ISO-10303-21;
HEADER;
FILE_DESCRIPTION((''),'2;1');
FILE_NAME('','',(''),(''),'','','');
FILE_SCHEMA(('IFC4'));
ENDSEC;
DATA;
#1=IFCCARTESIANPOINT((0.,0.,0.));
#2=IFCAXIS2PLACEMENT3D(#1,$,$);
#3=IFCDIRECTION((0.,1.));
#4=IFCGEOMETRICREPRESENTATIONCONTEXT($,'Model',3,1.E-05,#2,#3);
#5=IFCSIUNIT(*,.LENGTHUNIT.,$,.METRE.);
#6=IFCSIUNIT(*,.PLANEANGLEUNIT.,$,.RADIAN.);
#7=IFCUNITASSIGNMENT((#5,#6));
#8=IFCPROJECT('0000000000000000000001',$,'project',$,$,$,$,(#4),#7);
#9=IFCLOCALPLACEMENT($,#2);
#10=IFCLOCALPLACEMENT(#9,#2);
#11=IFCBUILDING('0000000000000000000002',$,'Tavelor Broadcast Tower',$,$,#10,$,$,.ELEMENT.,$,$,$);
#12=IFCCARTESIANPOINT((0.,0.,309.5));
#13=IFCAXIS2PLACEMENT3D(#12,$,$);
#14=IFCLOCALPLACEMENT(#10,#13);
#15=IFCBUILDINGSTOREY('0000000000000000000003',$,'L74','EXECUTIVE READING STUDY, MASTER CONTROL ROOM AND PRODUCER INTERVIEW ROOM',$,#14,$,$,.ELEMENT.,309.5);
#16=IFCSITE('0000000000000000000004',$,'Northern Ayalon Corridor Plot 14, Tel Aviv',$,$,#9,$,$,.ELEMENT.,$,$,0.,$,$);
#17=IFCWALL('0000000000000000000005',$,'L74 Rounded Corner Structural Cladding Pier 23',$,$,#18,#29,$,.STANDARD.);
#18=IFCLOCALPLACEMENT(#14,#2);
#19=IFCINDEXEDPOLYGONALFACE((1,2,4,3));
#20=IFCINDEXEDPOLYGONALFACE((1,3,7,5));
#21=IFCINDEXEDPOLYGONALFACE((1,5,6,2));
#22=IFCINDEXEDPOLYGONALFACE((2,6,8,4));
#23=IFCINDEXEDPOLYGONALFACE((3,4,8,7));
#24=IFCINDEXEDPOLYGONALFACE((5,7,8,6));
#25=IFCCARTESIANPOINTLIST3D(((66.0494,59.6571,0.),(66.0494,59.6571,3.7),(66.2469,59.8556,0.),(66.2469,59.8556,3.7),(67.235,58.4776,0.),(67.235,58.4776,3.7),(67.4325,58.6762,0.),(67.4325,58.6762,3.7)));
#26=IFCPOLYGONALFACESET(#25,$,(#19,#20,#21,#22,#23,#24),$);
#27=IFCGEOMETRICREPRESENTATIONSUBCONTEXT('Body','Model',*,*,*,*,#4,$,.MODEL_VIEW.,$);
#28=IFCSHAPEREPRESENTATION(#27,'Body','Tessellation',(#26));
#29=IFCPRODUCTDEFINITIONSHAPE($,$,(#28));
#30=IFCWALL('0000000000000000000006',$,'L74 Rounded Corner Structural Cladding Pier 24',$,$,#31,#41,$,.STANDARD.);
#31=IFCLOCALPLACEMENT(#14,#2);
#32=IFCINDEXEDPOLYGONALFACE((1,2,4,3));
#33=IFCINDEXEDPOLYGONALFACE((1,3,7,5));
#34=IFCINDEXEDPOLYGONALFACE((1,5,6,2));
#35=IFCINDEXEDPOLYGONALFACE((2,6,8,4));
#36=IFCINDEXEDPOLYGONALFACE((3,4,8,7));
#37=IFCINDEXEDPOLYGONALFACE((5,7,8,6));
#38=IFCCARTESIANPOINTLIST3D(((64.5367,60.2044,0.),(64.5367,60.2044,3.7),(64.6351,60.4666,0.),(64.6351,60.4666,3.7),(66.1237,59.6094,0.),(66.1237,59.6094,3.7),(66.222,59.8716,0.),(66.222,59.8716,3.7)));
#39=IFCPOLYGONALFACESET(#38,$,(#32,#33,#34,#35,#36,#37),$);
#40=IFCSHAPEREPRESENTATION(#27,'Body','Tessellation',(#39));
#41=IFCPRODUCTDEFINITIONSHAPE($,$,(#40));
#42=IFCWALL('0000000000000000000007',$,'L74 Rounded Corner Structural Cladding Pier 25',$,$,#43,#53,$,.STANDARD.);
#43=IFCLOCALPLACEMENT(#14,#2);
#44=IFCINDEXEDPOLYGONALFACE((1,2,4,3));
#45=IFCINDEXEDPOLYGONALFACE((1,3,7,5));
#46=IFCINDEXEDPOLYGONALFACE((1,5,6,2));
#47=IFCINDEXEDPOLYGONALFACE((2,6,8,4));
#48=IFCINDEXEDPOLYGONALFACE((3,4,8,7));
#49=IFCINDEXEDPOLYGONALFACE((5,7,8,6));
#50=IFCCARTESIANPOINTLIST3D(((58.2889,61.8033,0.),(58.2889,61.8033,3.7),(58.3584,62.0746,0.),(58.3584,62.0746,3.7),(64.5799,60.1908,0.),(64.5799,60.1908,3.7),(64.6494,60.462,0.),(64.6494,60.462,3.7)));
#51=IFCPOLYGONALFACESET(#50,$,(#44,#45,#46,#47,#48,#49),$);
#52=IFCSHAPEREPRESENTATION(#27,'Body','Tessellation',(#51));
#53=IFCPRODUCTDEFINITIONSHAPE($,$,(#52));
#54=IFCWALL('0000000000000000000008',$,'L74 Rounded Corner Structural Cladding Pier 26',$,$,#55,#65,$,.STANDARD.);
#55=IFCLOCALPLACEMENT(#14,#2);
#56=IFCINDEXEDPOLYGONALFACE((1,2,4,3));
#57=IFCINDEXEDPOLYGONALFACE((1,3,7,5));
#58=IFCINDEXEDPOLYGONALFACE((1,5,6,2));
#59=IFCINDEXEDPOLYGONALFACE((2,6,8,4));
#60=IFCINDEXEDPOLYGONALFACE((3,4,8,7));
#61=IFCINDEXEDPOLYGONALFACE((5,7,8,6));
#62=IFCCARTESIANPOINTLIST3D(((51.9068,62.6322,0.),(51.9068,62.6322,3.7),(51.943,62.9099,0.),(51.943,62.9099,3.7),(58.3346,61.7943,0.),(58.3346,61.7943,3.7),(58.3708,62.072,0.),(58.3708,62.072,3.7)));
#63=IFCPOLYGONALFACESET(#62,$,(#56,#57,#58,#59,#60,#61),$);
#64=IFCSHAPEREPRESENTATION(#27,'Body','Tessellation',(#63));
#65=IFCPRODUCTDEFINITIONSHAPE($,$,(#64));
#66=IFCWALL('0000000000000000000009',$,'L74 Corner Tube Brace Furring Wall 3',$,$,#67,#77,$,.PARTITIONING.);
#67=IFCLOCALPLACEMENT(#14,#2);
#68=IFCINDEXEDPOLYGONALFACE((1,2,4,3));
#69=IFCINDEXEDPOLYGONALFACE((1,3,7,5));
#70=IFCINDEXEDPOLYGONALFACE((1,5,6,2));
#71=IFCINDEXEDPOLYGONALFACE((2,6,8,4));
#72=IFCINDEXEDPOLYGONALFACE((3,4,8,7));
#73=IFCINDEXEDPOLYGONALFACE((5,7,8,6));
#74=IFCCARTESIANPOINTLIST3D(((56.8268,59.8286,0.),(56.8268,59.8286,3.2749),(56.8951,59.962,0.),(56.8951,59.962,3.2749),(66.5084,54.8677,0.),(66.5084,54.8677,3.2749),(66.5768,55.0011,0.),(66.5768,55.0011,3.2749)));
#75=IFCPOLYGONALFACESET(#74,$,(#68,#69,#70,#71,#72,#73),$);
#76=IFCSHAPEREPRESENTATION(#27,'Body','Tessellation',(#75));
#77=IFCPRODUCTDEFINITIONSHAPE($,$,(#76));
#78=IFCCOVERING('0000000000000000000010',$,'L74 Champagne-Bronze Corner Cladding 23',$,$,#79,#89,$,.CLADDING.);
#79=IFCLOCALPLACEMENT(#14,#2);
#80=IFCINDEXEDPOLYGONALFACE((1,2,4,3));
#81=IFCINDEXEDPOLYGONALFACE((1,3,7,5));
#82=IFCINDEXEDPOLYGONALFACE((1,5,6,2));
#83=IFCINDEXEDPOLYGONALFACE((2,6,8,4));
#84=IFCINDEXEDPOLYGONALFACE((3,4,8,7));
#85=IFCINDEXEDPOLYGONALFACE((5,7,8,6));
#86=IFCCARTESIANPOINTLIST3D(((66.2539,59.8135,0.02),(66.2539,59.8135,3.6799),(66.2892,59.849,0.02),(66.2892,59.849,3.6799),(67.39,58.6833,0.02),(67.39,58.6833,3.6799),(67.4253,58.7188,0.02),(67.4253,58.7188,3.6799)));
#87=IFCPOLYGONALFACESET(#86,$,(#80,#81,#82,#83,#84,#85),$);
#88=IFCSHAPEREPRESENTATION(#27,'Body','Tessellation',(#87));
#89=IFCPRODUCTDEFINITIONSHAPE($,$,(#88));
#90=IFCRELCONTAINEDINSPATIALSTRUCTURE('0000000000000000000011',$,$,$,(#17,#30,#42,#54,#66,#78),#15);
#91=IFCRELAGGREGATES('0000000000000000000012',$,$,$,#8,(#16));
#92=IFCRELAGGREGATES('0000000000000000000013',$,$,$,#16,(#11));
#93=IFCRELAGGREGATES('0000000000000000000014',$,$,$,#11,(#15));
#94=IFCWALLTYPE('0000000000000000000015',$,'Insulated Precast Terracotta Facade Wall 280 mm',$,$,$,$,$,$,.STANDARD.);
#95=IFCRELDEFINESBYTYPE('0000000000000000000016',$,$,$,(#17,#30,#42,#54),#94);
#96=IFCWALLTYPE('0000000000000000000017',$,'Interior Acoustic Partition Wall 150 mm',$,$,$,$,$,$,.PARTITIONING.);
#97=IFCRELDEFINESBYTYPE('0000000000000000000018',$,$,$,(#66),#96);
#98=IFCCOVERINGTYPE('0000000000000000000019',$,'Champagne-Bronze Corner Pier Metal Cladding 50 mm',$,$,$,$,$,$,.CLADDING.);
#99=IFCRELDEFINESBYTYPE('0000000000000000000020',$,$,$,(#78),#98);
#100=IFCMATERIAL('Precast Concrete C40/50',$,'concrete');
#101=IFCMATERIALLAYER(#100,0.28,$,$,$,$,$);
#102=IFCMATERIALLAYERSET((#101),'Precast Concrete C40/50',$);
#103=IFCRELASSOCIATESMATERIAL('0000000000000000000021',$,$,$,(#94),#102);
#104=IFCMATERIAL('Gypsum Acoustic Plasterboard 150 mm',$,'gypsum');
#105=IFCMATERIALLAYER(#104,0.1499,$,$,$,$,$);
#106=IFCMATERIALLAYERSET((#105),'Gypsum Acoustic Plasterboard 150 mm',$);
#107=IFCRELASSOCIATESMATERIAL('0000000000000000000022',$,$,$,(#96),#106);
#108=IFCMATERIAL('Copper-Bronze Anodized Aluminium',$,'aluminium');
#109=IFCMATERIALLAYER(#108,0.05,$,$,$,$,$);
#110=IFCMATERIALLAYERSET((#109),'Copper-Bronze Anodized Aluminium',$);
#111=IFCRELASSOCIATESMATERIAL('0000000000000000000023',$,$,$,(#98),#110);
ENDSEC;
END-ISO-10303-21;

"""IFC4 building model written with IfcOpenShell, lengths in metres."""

from ifc_helpers import new_model, si_unit, direction, frame, frame_2d, origin, origin_2d, place, context, subcontext, project, spatial, rectangle, extrude, material, layer, layer_set, type_object, element, save


model = new_model("IFC4")

# Units and contexts
model_context = context("Model", 3, precision=1e-05, world=origin(), true_north=direction((0.0, 1.0)))
body_context = subcontext(model_context, "Body", "Model", "MODEL_VIEW")
ifc_project = project(units=[si_unit("LENGTHUNIT", "METRE"), si_unit("PLANEANGLEUNIT", "RADIAN")], contexts=[model_context])

# Site, building, storey
site_placement = place(None, origin())
site = spatial("IfcSite", under=ifc_project, at=site_placement, Name="Northern Ayalon Corridor Plot 14, Tel Aviv", CompositionType="ELEMENT", RefElevation=0.0)
building_placement = place(site_placement, origin())
building = spatial("IfcBuilding", under=site, at=building_placement, Name="Tavelor Broadcast Tower", CompositionType="ELEMENT")
storey_placement = place(building_placement, frame((0.0, 0.0, 309.5)))
storey = spatial("IfcBuildingStorey", under=building, at=storey_placement, Name="L74", Description="EXECUTIVE READING STUDY, MASTER CONTROL ROOM AND PRODUCER INTERVIEW ROOM", CompositionType="ELEMENT", Elevation=309.5)

# Walls
ifc_material_1 = material(Name="Precast Concrete C40/50", Category="concrete")
ifc_layer_1 = layer(ifc_material_1, 0.28)
ifc_layer_set_1 = layer_set([ifc_layer_1], Name="Precast Concrete C40/50")
wall_type_1 = type_object("IfcWallType", Name="Insulated Precast Terracotta Facade Wall 280 mm", PredefinedType="STANDARD", material=ifc_layer_set_1)
wall_1_placement = place(storey_placement, frame((67.3337, 58.5769, 0.0), z_axis=(0.0, 0.0, 1.0), x_axis=(-0.708929, 0.70528, 0.0)))
element("IfcWall", 1, at=wall_1_placement, inside=storey, type_object=wall_type_1, Name="L74 Rounded Corner Structural Cladding Pier 23", PredefinedType="STANDARD", context=body_context, shape_type="SweptSolid", body=[
    extrude(rectangle(XDim=1.6724, YDim=0.28, at=frame_2d((0.8362, 0.0))), origin(), (0.0, 0.0, 1.0), 3.7),
])
wall_2_placement = place(storey_placement, frame((66.1729, 59.7405, 0.0), z_axis=(0.0, 0.0, 1.0), x_axis=(-0.936353, 0.35106, 0.0)))
element("IfcWall", 2, at=wall_2_placement, inside=storey, type_object=wall_type_1, Name="L74 Rounded Corner Structural Cladding Pier 24", PredefinedType="STANDARD", context=body_context, shape_type="SweptSolid", body=[
    extrude(rectangle(XDim=1.6948, YDim=0.28, at=frame_2d((0.8474, 0.0))), origin(), (0.0, 0.0, 1.0), 3.7),
])
wall_3_placement = place(storey_placement, frame((64.6145, 60.3264, 0.0), z_axis=(0.0, 0.0, 1.0), x_axis=(-0.968684, 0.248298, 0.0)))
element("IfcWall", 3, at=wall_3_placement, inside=storey, type_object=wall_type_1, Name="L74 Rounded Corner Structural Cladding Pier 25", PredefinedType="STANDARD", context=body_context, shape_type="SweptSolid", body=[
    extrude(rectangle(XDim=6.4944, YDim=0.28, at=frame_2d((3.2471, 0.0))), origin(), (0.0, 0.0, 1.0), 3.7),
])
wall_4_placement = place(storey_placement, frame((58.3528, 61.9331, 0.0), z_axis=(0.0, 0.0, 1.0), x_axis=(-0.99161, 0.129262, 0.0)))
element("IfcWall", 4, at=wall_4_placement, inside=storey, type_object=wall_type_1, Name="L74 Rounded Corner Structural Cladding Pier 26", PredefinedType="STANDARD", context=body_context, shape_type="SweptSolid", body=[
    extrude(rectangle(XDim=6.4822, YDim=0.28, at=frame_2d((3.2412, 0.0))), origin(), (0.0, 0.0, 1.0), 3.7),
])
ifc_material_2 = material(Name="Gypsum Acoustic Plasterboard 150 mm", Category="gypsum")
ifc_layer_2 = layer(ifc_material_2, 0.1499)
ifc_layer_set_2 = layer_set([ifc_layer_2], Name="Gypsum Acoustic Plasterboard 150 mm")
wall_type_2 = type_object("IfcWallType", Name="Interior Acoustic Partition Wall 150 mm", PredefinedType="PARTITIONING", material=ifc_layer_set_2)
wall_5_placement = place(storey_placement, frame((66.5427, 54.9343, 0.0), z_axis=(0.0, 0.0, 1.0), x_axis=(-0.889967, 0.456025, 0.0)))
element("IfcWall", 5, at=wall_5_placement, inside=storey, type_object=wall_type_2, Name="L74 Corner Tube Brace Furring Wall 3", PredefinedType="PARTITIONING", context=body_context, shape_type="SweptSolid", body=[
    extrude(rectangle(XDim=10.8787, YDim=0.1499, at=frame_2d((5.4395, 0.0))), origin(), (0.0, 0.0, 1.0), 3.2749),
])

# Covering
ifc_material_3 = material(Name="Copper-Bronze Anodized Aluminium", Category="aluminium")
ifc_layer_3 = layer(ifc_material_3, 0.05)
ifc_layer_set_3 = layer_set([ifc_layer_3], Name="Copper-Bronze Anodized Aluminium")
covering_type = type_object("IfcCoveringType", Name="Champagne-Bronze Corner Pier Metal Cladding 50 mm", PredefinedType="CLADDING", material=ifc_layer_set_3)
covering_placement = place(storey_placement, frame((66.8396, 59.2661, 0.02), z_axis=(0.0, 0.0, 1.0), x_axis=(-0.708956, 0.705253, 0.0)))
element("IfcCovering", 6, at=covering_placement, inside=storey, type_object=covering_type, Name="L74 Champagne-Bronze Corner Cladding 23", PredefinedType="CLADDING", context=body_context, shape_type="SweptSolid", body=[
    extrude(rectangle(XDim=1.6025, YDim=0.05, at=origin_2d()), origin(), (0.0, 0.0, 1.0), 3.6599),
])

save(model, "model.ifc")
